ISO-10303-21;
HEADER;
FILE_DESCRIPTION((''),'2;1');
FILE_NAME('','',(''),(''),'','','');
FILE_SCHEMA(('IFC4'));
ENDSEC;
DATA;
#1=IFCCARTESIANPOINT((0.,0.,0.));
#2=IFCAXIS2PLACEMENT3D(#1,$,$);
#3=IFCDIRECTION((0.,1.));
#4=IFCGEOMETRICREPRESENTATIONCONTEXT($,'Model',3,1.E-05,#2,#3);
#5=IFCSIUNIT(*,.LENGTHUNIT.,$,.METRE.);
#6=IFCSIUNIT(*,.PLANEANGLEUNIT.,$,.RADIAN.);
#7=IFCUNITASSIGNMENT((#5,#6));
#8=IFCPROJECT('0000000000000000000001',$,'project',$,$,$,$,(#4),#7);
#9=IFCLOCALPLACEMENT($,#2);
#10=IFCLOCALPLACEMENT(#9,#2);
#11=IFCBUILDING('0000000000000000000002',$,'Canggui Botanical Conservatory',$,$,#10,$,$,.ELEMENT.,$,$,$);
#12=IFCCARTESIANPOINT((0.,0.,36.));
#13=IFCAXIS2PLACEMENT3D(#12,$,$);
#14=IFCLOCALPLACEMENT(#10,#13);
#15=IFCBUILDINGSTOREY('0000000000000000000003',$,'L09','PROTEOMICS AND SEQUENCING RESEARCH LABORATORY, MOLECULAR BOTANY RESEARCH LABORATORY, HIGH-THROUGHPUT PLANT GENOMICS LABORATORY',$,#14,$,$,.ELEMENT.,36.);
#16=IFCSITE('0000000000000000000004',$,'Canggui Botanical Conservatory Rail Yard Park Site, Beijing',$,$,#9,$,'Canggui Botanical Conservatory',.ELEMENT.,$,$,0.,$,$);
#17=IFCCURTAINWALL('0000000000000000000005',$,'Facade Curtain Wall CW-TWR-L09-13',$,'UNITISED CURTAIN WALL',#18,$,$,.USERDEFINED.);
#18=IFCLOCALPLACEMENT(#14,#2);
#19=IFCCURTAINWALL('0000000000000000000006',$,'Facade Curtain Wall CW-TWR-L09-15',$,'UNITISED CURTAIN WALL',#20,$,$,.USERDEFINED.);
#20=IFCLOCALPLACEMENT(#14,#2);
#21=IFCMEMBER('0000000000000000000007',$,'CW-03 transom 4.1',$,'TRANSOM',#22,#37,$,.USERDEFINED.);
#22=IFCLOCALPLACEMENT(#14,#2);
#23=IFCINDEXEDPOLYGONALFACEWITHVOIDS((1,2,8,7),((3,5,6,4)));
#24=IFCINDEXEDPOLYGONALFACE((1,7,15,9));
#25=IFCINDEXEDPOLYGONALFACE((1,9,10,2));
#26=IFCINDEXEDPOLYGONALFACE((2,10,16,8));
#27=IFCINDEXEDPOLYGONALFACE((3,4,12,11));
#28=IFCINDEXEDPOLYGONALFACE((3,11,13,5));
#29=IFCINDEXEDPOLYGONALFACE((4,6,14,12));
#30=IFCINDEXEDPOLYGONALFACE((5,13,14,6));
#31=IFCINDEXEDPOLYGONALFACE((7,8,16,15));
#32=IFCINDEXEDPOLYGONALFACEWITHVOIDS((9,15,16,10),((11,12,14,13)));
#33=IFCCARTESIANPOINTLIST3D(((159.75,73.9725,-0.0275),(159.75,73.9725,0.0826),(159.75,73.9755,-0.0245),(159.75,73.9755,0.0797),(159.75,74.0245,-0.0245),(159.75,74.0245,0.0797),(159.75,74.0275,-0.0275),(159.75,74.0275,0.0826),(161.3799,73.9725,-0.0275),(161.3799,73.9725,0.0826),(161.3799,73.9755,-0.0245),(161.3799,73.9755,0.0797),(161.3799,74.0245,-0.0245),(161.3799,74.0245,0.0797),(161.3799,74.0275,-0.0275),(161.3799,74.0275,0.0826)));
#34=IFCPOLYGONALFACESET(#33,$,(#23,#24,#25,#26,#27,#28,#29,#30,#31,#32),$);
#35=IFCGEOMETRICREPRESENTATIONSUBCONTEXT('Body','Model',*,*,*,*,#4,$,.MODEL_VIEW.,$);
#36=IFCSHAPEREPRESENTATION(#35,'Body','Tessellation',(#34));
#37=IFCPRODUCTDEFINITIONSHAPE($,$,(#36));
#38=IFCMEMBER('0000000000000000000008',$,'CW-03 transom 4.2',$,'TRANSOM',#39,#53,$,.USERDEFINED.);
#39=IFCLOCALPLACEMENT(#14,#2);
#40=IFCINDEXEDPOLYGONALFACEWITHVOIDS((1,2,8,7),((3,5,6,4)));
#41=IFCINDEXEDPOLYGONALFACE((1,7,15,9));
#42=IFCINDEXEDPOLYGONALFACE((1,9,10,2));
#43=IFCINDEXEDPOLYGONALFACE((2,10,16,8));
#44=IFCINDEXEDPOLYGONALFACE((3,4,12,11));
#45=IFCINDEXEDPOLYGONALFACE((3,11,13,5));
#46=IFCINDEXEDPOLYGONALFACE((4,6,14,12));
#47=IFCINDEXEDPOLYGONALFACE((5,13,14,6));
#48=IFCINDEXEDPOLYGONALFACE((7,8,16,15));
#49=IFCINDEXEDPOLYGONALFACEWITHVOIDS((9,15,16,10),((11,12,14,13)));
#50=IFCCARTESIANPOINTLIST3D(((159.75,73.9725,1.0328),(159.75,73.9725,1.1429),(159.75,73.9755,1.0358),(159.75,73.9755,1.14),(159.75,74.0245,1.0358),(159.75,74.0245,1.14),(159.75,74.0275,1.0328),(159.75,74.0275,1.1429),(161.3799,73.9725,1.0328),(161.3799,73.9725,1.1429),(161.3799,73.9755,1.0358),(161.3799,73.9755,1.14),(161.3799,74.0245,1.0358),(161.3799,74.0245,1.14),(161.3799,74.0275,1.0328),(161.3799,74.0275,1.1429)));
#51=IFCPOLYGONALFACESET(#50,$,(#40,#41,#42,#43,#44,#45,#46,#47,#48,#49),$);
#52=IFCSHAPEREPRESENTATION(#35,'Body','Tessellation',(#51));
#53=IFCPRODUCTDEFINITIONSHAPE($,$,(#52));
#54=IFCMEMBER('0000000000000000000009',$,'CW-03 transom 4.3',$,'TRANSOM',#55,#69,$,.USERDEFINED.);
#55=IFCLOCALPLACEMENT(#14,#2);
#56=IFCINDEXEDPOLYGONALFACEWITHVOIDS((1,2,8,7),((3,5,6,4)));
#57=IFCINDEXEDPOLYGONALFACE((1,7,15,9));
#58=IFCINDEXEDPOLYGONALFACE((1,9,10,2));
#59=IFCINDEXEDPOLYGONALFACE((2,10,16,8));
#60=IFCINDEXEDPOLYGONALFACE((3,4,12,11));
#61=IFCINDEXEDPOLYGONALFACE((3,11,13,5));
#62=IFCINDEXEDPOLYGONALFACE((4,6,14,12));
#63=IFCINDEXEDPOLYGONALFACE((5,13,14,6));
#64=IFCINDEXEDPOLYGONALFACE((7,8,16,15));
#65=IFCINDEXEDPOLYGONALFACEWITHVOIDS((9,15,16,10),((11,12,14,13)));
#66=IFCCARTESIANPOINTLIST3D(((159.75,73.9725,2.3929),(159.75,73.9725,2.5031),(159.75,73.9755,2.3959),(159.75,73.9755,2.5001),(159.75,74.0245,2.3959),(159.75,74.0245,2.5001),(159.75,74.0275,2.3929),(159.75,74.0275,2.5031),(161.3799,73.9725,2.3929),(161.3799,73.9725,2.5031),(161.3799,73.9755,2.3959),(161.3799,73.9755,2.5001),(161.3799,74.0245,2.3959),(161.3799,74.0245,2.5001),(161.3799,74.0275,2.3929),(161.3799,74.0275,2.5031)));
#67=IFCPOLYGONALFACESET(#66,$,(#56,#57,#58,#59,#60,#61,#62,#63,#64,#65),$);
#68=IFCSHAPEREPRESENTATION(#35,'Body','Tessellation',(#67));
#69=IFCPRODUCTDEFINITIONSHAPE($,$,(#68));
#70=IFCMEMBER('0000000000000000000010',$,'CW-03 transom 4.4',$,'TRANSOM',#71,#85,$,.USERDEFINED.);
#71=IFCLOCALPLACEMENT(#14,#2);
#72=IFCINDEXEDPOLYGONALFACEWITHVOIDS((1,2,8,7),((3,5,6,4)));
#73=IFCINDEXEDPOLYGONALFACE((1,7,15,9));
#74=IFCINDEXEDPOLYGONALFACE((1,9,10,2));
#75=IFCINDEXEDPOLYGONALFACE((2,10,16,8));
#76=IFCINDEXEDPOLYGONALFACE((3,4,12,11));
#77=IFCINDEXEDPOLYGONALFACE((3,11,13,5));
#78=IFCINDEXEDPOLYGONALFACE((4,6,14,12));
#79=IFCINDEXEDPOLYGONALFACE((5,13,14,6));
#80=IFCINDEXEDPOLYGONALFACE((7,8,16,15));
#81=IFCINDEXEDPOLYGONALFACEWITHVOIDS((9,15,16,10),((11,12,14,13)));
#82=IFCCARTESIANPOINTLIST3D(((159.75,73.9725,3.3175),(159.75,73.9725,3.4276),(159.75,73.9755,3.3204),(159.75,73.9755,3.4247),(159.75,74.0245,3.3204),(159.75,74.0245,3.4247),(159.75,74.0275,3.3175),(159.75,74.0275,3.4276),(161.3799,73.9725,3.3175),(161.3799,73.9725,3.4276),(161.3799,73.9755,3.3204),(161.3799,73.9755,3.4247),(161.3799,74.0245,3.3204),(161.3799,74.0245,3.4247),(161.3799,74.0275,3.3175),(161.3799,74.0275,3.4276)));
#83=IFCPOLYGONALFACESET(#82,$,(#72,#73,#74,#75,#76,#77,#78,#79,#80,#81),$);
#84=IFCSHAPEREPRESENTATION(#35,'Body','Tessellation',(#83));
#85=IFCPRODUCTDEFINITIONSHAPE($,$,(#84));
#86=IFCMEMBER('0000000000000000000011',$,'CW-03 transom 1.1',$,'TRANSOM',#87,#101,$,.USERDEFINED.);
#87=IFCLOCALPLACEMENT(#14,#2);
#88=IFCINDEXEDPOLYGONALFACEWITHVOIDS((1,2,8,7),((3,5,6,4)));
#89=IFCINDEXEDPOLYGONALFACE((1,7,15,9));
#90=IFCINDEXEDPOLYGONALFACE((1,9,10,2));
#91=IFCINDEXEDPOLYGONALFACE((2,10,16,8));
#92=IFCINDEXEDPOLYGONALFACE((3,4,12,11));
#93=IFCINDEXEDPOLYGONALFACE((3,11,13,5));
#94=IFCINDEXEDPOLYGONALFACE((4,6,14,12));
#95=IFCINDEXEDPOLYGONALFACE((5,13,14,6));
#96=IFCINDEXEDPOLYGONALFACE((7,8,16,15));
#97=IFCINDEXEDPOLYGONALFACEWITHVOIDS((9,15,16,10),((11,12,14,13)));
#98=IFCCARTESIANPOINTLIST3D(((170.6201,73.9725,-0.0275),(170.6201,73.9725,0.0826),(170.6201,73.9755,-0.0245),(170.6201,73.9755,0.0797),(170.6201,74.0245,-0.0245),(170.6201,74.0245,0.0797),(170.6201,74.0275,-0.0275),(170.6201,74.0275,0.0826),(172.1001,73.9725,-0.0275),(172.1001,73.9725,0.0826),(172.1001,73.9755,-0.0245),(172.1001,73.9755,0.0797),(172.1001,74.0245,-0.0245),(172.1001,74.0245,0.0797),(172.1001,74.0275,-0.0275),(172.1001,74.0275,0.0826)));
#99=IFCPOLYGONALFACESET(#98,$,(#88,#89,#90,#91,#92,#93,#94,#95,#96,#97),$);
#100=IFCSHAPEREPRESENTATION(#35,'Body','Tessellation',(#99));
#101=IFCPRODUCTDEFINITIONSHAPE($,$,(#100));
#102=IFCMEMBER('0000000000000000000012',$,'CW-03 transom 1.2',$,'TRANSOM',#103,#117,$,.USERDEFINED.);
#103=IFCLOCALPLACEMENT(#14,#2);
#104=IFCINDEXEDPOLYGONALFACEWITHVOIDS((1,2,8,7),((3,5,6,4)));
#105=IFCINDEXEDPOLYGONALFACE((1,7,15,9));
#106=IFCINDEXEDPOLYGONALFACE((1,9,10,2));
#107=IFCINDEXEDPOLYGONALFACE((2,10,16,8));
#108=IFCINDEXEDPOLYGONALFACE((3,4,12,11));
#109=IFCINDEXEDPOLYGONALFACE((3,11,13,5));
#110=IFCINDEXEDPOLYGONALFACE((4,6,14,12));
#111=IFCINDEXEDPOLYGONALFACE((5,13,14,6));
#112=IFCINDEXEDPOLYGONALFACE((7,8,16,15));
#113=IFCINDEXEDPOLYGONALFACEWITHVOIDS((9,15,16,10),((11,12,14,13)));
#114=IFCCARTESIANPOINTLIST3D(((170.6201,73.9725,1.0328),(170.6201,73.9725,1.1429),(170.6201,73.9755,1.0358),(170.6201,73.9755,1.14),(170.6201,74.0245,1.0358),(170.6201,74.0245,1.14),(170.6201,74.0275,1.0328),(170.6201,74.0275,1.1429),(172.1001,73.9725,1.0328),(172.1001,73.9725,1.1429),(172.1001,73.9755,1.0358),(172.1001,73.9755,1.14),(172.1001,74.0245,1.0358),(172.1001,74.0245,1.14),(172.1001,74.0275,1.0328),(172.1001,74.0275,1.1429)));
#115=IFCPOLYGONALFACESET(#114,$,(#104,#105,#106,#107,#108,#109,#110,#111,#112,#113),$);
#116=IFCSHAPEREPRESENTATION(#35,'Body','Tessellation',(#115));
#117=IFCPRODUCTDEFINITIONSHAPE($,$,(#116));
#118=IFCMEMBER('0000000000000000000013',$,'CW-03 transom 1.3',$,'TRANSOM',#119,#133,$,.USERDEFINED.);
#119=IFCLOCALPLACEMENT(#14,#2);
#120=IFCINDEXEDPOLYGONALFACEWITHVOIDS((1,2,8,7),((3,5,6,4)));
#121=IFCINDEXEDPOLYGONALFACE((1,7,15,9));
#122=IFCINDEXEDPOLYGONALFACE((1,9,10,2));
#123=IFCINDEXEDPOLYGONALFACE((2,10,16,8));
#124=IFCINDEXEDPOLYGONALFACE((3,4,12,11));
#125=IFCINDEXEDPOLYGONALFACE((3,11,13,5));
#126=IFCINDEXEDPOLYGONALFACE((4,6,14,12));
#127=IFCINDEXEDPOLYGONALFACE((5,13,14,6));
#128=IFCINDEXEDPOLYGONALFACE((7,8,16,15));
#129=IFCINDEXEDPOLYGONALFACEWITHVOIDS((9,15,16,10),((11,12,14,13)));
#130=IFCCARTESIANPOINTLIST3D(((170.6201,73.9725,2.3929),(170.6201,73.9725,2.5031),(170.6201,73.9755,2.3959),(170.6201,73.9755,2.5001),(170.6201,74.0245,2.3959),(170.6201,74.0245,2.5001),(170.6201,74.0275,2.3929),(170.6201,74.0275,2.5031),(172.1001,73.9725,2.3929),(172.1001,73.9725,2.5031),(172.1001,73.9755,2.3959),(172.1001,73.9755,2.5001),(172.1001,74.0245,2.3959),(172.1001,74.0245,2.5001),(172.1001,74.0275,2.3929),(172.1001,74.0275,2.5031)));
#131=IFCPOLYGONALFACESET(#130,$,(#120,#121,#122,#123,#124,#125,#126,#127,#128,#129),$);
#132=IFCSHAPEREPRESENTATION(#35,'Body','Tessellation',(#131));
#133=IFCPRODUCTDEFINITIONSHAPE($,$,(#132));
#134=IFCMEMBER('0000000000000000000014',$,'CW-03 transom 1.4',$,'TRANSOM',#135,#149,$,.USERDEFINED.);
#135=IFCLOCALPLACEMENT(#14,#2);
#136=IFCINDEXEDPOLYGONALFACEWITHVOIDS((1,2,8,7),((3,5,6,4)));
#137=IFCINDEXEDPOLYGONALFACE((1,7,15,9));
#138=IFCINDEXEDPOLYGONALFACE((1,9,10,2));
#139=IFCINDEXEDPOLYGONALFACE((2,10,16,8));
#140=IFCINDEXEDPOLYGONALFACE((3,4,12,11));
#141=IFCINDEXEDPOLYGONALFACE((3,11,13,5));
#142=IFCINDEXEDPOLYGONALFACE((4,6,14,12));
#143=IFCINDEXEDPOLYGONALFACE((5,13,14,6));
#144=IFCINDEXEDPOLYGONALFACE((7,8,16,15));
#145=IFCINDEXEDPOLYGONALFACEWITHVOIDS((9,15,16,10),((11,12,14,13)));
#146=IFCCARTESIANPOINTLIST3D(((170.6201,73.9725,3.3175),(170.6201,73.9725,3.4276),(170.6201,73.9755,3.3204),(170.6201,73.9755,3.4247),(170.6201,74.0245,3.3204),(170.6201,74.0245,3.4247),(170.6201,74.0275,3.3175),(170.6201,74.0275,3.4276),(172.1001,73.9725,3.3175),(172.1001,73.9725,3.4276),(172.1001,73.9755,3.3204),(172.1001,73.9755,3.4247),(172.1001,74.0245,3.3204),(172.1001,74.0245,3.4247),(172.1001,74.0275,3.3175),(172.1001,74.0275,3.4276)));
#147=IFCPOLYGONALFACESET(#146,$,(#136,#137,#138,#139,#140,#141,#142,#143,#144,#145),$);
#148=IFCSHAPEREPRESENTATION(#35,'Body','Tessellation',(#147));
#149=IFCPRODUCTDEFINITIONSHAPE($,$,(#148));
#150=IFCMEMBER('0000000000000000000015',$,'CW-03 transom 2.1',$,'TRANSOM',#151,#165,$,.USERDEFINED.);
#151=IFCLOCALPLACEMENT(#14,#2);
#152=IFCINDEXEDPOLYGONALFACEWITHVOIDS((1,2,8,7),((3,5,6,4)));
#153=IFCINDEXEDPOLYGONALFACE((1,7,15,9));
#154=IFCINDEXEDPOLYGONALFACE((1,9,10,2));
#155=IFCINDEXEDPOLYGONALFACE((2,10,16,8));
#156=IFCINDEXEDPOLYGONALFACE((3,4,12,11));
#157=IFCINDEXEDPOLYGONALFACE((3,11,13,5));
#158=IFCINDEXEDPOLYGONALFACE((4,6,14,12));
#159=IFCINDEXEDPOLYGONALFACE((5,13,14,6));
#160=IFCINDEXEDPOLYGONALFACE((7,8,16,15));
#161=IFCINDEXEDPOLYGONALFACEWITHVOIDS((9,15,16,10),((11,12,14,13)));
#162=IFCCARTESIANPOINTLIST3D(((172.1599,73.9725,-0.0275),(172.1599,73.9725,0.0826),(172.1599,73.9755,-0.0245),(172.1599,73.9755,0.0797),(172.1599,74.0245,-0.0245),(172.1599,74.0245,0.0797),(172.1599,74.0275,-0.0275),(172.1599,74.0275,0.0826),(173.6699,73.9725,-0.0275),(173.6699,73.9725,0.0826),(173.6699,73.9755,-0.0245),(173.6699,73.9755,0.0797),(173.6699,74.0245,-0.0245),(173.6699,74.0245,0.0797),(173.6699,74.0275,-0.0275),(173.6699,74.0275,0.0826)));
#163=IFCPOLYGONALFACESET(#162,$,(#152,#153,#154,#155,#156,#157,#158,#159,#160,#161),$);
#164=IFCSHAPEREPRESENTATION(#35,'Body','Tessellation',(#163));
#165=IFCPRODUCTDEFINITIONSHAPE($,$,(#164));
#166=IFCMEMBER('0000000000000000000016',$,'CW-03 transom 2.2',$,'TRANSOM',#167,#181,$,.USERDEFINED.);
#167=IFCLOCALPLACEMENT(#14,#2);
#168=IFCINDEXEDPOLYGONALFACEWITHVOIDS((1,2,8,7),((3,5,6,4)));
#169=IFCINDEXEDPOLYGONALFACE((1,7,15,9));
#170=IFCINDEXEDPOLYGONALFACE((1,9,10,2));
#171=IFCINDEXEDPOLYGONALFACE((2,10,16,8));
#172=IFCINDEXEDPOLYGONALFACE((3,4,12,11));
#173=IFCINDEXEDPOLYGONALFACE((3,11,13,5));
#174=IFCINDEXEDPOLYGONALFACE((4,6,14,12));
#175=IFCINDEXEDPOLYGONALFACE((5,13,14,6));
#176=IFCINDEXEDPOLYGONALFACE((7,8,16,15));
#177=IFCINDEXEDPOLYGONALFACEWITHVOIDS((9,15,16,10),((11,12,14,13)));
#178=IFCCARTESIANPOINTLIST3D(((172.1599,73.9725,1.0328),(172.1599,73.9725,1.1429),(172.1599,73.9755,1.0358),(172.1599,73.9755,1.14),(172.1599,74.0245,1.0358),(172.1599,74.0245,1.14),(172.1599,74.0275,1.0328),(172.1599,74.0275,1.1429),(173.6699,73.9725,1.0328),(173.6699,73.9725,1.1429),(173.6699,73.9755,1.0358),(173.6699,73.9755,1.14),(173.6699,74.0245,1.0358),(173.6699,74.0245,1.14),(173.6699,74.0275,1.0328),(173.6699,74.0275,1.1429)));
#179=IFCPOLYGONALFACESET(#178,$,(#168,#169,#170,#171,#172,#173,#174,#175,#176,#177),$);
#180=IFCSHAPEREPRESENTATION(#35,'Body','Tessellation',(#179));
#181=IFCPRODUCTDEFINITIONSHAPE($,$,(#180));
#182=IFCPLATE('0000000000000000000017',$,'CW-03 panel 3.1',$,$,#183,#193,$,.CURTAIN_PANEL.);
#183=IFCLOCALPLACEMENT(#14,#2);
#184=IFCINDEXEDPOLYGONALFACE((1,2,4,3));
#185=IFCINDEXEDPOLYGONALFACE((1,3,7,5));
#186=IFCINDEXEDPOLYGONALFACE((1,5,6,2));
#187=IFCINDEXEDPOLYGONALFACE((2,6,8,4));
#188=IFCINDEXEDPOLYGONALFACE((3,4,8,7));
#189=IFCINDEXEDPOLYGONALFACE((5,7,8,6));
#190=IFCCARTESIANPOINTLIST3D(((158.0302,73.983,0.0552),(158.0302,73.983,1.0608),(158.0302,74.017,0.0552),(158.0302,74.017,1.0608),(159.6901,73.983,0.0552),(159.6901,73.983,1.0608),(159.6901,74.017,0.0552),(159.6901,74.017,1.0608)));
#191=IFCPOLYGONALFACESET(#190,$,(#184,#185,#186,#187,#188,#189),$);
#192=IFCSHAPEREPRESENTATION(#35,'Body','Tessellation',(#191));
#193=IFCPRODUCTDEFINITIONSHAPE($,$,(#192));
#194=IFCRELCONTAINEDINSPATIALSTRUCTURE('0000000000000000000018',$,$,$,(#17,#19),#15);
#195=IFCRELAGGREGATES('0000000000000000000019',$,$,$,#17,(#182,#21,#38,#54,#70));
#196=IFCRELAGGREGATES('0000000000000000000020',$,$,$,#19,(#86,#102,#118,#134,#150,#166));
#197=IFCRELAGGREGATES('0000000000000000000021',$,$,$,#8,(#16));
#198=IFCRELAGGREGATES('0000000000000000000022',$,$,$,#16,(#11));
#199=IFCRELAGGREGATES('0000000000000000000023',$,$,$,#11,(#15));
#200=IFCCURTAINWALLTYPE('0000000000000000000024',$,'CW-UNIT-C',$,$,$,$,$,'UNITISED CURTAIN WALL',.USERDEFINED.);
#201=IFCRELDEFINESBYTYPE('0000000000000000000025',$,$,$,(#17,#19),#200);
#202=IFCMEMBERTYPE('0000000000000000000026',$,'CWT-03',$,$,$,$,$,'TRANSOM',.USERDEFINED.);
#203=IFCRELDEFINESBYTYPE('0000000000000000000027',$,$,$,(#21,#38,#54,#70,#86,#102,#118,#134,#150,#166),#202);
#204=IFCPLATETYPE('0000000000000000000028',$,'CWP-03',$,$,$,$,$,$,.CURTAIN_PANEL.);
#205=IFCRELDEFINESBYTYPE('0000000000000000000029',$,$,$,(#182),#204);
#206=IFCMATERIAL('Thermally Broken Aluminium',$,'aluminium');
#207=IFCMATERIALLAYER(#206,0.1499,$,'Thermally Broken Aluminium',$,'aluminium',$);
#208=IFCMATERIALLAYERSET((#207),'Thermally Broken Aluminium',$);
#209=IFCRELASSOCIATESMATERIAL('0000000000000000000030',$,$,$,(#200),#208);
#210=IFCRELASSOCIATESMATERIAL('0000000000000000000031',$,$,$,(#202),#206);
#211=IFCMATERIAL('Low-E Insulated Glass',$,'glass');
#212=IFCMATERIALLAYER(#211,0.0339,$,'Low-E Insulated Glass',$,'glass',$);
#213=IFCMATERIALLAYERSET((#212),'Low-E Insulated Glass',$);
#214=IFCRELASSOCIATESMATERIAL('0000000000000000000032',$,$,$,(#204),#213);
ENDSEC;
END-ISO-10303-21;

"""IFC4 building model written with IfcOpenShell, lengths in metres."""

from ifc_helpers import new_model, si_unit, direction, frame, origin, origin_2d, place, context, subcontext, project, spatial, rectangle, hollow_rectangle, extrude, material, layer, layer_set, material_profile, profile_set, type_object, element, aggregate, save


model = new_model("IFC4")

# Units and contexts
model_context = context("Model", 3, precision=1e-05, world=origin(), true_north=direction((0.0, 1.0)))
body_context = subcontext(model_context, "Body", "Model", "MODEL_VIEW")
ifc_project = project(units=[si_unit("LENGTHUNIT", "METRE"), si_unit("PLANEANGLEUNIT", "RADIAN")], contexts=[model_context])

# Site, building, storey
site_placement = place(None, origin())
site = spatial("IfcSite", under=ifc_project, at=site_placement, Name="Canggui Botanical Conservatory Rail Yard Park Site, Beijing", LongName="Canggui Botanical Conservatory", CompositionType="ELEMENT", RefElevation=0.0)
building_placement = place(site_placement, origin())
building = spatial("IfcBuilding", under=site, at=building_placement, Name="Canggui Botanical Conservatory", CompositionType="ELEMENT")
storey_placement = place(building_placement, frame((0.0, 0.0, 36.0)))
storey = spatial("IfcBuildingStorey", under=building, at=storey_placement, Name="L09", Description="PROTEOMICS AND SEQUENCING RESEARCH LABORATORY, MOLECULAR BOTANY RESEARCH LABORATORY, HIGH-THROUGHPUT PLANT GENOMICS LABORATORY", CompositionType="ELEMENT", Elevation=36.0)

# Curtain walls
ifc_material_1 = material(Name="Thermally Broken Aluminium", Category="aluminium")
ifc_layer_1 = layer(ifc_material_1, 0.1499, Name="Thermally Broken Aluminium", Category="aluminium")
ifc_layer_set_1 = layer_set([ifc_layer_1], Name="Thermally Broken Aluminium")
curtain_wall_type = type_object("IfcCurtainWallType", Name="CW-UNIT-C", ElementType="UNITISED CURTAIN WALL", PredefinedType="USERDEFINED", material=ifc_layer_set_1)
curtain_wall_1_placement = place(storey_placement, origin())
curtain_wall_1 = element("IfcCurtainWall", 1, at=curtain_wall_1_placement, inside=storey, type_object=curtain_wall_type, Name="Facade Curtain Wall CW-TWR-L09-13", ObjectType="UNITISED CURTAIN WALL", PredefinedType="USERDEFINED")
curtain_wall_2_placement = place(storey_placement, origin())
curtain_wall_2 = element("IfcCurtainWall", 2, at=curtain_wall_2_placement, inside=storey, type_object=curtain_wall_type, Name="Facade Curtain Wall CW-TWR-L09-15", ObjectType="UNITISED CURTAIN WALL", PredefinedType="USERDEFINED")

# Members
ifc_material_profile_1 = material_profile(ifc_material_1, hollow_rectangle(XDim=0.0549, YDim=0.1101, WallThickness=0.0029, at=origin_2d()), Name="CWT 55x110x3")
ifc_profile_set_1 = profile_set([ifc_material_profile_1], Name="Thermally Broken Aluminium")
member_type_1 = type_object("IfcMemberType", Name="CWT-03", ElementType="TRANSOM", PredefinedType="USERDEFINED", material=ifc_profile_set_1)
member_1_placement = place(storey_placement, frame((159.75, 74.0, 0.0276), z_axis=(1.0, 0.0, 0.0), x_axis=(0.0, 1.0, 0.0)))
member_1 = element("IfcMember", 3, at=member_1_placement, type_object=member_type_1, Name="CW-03 transom 4.1", ObjectType="TRANSOM", PredefinedType="USERDEFINED", context=body_context, shape_type="SweptSolid", body=[
    extrude(hollow_rectangle(XDim=0.0549, YDim=0.1101, WallThickness=0.0029, at=origin_2d()), origin(), (0.0, 0.0, 1.0), 1.6299),
])
member_2_placement = place(storey_placement, frame((159.75, 74.0, 1.0879), z_axis=(1.0, 0.0, 0.0), x_axis=(0.0, 1.0, 0.0)))
member_2 = element("IfcMember", 4, at=member_2_placement, type_object=member_type_1, Name="CW-03 transom 4.2", ObjectType="TRANSOM", PredefinedType="USERDEFINED", context=body_context, shape_type="SweptSolid", body=[
    extrude(hollow_rectangle(XDim=0.0549, YDim=0.1101, WallThickness=0.0029, at=origin_2d()), origin(), (0.0, 0.0, 1.0), 1.6299),
])
member_3_placement = place(storey_placement, frame((159.75, 74.0, 2.448), z_axis=(1.0, 0.0, 0.0), x_axis=(0.0, 1.0, 0.0)))
member_3 = element("IfcMember", 5, at=member_3_placement, type_object=member_type_1, Name="CW-03 transom 4.3", ObjectType="TRANSOM", PredefinedType="USERDEFINED", context=body_context, shape_type="SweptSolid", body=[
    extrude(hollow_rectangle(XDim=0.0549, YDim=0.1101, WallThickness=0.0029, at=origin_2d()), origin(), (0.0, 0.0, 1.0), 1.6299),
])
member_4_placement = place(storey_placement, frame((159.75, 74.0, 3.3726), z_axis=(1.0, 0.0, 0.0), x_axis=(0.0, 1.0, 0.0)))
member_4 = element("IfcMember", 6, at=member_4_placement, type_object=member_type_1, Name="CW-03 transom 4.4", ObjectType="TRANSOM", PredefinedType="USERDEFINED", context=body_context, shape_type="SweptSolid", body=[
    extrude(hollow_rectangle(XDim=0.0549, YDim=0.1101, WallThickness=0.0029, at=origin_2d()), origin(), (0.0, 0.0, 1.0), 1.6299),
])
member_5_placement = place(storey_placement, frame((170.6201, 74.0, 0.0276), z_axis=(1.0, 0.0, 0.0), x_axis=(0.0, 1.0, 0.0)))
member_5 = element("IfcMember", 7, at=member_5_placement, type_object=member_type_1, Name="CW-03 transom 1.1", ObjectType="TRANSOM", PredefinedType="USERDEFINED", context=body_context, shape_type="SweptSolid", body=[
    extrude(hollow_rectangle(XDim=0.0549, YDim=0.1101, WallThickness=0.0029, at=origin_2d()), origin(), (0.0, 0.0, 1.0), 1.48),
])
member_6_placement = place(storey_placement, frame((170.6201, 74.0, 1.0879), z_axis=(1.0, 0.0, 0.0), x_axis=(0.0, 1.0, 0.0)))
member_6 = element("IfcMember", 8, at=member_6_placement, type_object=member_type_1, Name="CW-03 transom 1.2", ObjectType="TRANSOM", PredefinedType="USERDEFINED", context=body_context, shape_type="SweptSolid", body=[
    extrude(hollow_rectangle(XDim=0.0549, YDim=0.1101, WallThickness=0.0029, at=origin_2d()), origin(), (0.0, 0.0, 1.0), 1.48),
])
member_7_placement = place(storey_placement, frame((170.6201, 74.0, 2.448), z_axis=(1.0, 0.0, 0.0), x_axis=(0.0, 1.0, 0.0)))
member_7 = element("IfcMember", 9, at=member_7_placement, type_object=member_type_1, Name="CW-03 transom 1.3", ObjectType="TRANSOM", PredefinedType="USERDEFINED", context=body_context, shape_type="SweptSolid", body=[
    extrude(hollow_rectangle(XDim=0.0549, YDim=0.1101, WallThickness=0.0029, at=origin_2d()), origin(), (0.0, 0.0, 1.0), 1.48),
])
member_8_placement = place(storey_placement, frame((170.6201, 74.0, 3.3726), z_axis=(1.0, 0.0, 0.0), x_axis=(0.0, 1.0, 0.0)))
member_8 = element("IfcMember", 10, at=member_8_placement, type_object=member_type_1, Name="CW-03 transom 1.4", ObjectType="TRANSOM", PredefinedType="USERDEFINED", context=body_context, shape_type="SweptSolid", body=[
    extrude(hollow_rectangle(XDim=0.0549, YDim=0.1101, WallThickness=0.0029, at=origin_2d()), origin(), (0.0, 0.0, 1.0), 1.48),
])
member_9_placement = place(storey_placement, frame((172.1599, 74.0, 0.0276), z_axis=(1.0, 0.0, 0.0), x_axis=(0.0, 1.0, 0.0)))
member_9 = element("IfcMember", 11, at=member_9_placement, type_object=member_type_1, Name="CW-03 transom 2.1", ObjectType="TRANSOM", PredefinedType="USERDEFINED", context=body_context, shape_type="SweptSolid", body=[
    extrude(hollow_rectangle(XDim=0.0549, YDim=0.1101, WallThickness=0.0029, at=origin_2d()), origin(), (0.0, 0.0, 1.0), 1.51),
])
member_10_placement = place(storey_placement, frame((172.1599, 74.0, 1.0879), z_axis=(1.0, 0.0, 0.0), x_axis=(0.0, 1.0, 0.0)))
member_10 = element("IfcMember", 12, at=member_10_placement, type_object=member_type_1, Name="CW-03 transom 2.2", ObjectType="TRANSOM", PredefinedType="USERDEFINED", context=body_context, shape_type="SweptSolid", body=[
    extrude(hollow_rectangle(XDim=0.0549, YDim=0.1101, WallThickness=0.0029, at=origin_2d()), origin(), (0.0, 0.0, 1.0), 1.51),
])

# Plate
ifc_material_2 = material(Name="Low-E Insulated Glass", Category="glass")
ifc_layer_2 = layer(ifc_material_2, 0.0339, Name="Low-E Insulated Glass", Category="glass")
ifc_layer_set_2 = layer_set([ifc_layer_2], Name="Low-E Insulated Glass")
plate_type = type_object("IfcPlateType", Name="CWP-03", PredefinedType="CURTAIN_PANEL", material=ifc_layer_set_2)
plate_1_placement = place(storey_placement, frame((158.8601, 74.0, 0.0552), z_axis=(0.0, 0.0, 1.0), x_axis=(1.0, 0.0, 0.0)))
plate_1 = element("IfcPlate", 13, at=plate_1_placement, type_object=plate_type, Name="CW-03 panel 3.1", PredefinedType="CURTAIN_PANEL", context=body_context, shape_type="SweptSolid", body=[
    extrude(rectangle(XDim=1.6599, YDim=0.0339, at=origin_2d()), origin(), (0.0, 0.0, 1.0), 1.0056),
])
aggregate(curtain_wall_1, [plate_1, member_1, member_2, member_3, member_4])
aggregate(curtain_wall_2, [member_5, member_6, member_7, member_8, member_9, member_10])

save(model, "model.ifc")
